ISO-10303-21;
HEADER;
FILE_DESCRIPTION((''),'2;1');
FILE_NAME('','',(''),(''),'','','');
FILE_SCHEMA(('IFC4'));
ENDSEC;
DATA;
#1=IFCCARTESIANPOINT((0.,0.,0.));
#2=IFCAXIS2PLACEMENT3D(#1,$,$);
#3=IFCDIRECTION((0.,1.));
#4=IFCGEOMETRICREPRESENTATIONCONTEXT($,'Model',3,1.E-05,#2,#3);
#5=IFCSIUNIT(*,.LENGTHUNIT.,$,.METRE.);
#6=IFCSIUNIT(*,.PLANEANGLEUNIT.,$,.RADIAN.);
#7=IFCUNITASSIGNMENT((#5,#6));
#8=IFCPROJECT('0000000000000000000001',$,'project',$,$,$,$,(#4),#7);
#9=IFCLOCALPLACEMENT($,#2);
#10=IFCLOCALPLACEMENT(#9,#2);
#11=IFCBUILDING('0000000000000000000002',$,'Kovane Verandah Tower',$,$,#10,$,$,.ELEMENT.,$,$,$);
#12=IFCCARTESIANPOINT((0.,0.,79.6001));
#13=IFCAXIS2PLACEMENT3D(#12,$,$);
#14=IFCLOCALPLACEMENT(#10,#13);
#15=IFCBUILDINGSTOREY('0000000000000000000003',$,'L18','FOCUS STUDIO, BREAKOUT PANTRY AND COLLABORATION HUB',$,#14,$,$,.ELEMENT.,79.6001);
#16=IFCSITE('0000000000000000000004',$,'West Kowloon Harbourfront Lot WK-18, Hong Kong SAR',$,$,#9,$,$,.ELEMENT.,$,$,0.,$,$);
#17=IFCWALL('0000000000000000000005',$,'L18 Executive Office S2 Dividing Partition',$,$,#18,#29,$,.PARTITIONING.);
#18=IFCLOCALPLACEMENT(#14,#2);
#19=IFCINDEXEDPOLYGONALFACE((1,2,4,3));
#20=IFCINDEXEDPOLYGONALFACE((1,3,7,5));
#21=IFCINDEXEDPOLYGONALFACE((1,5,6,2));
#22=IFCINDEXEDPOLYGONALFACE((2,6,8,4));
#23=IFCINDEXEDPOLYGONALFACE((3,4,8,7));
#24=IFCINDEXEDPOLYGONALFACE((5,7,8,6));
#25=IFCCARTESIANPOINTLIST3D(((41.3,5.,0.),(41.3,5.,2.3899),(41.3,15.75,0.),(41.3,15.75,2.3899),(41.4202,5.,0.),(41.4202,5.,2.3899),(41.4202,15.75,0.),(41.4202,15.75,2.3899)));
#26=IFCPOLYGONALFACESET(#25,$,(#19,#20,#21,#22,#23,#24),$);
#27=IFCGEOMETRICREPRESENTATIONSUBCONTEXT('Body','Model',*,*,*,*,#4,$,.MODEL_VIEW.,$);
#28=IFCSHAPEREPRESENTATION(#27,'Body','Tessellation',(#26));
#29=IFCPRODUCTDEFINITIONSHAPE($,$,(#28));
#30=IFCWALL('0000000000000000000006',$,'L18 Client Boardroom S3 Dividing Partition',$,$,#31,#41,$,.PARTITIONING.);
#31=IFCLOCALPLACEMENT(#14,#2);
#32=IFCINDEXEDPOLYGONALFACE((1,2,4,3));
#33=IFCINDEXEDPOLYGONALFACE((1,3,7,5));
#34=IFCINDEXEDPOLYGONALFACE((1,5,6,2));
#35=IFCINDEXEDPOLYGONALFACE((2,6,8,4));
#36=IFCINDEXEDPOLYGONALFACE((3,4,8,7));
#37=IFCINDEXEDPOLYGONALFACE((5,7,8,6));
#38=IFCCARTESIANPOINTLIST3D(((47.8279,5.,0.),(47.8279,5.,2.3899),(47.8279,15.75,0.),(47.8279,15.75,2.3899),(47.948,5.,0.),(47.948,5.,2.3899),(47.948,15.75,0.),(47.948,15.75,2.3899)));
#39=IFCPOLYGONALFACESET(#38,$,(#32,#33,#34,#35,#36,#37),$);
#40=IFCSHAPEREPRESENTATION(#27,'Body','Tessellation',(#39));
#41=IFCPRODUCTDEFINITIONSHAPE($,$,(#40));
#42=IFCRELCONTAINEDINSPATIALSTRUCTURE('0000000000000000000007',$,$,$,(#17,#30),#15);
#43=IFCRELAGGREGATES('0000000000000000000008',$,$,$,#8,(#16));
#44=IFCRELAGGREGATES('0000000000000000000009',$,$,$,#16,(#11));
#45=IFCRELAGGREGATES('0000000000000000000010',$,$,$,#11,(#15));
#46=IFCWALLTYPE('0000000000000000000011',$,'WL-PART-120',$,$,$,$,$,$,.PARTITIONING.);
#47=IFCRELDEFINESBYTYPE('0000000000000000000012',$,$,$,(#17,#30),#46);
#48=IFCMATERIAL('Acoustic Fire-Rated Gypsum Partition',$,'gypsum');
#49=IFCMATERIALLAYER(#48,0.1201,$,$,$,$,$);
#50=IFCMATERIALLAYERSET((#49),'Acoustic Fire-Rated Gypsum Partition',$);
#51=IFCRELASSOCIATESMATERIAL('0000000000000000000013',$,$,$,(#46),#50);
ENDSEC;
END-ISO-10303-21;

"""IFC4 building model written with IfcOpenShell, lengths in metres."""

from ifc_helpers import new_model, si_unit, direction, frame, frame_2d, origin, place, context, subcontext, project, spatial, rectangle, extrude, material, layer, layer_set, type_object, element, save


model = new_model("IFC4")

# Units and contexts
model_context = context("Model", 3, precision=1e-05, world=origin(), true_north=direction((0.0, 1.0)))
body_context = subcontext(model_context, "Body", "Model", "MODEL_VIEW")
ifc_project = project(units=[si_unit("LENGTHUNIT", "METRE"), si_unit("PLANEANGLEUNIT", "RADIAN")], contexts=[model_context])

# Site, building, storey
site_placement = place(None, origin())
site = spatial("IfcSite", under=ifc_project, at=site_placement, Name="West Kowloon Harbourfront Lot WK-18, Hong Kong SAR", CompositionType="ELEMENT", RefElevation=0.0)
building_placement = place(site_placement, origin())
building = spatial("IfcBuilding", under=site, at=building_placement, Name="Kovane Verandah Tower", CompositionType="ELEMENT")
storey_placement = place(building_placement, frame((0.0, 0.0, 79.6001)))
storey = spatial("IfcBuildingStorey", under=building, at=storey_placement, Name="L18", Description="FOCUS STUDIO, BREAKOUT PANTRY AND COLLABORATION HUB", CompositionType="ELEMENT", Elevation=79.6001)

# Walls
ifc_material_1 = material(Name="Acoustic Fire-Rated Gypsum Partition", Category="gypsum")
ifc_layer_1 = layer(ifc_material_1, 0.1201)
ifc_layer_set_1 = layer_set([ifc_layer_1], Name="Acoustic Fire-Rated Gypsum Partition")
wall_type_1 = type_object("IfcWallType", Name="WL-PART-120", PredefinedType="PARTITIONING", material=ifc_layer_set_1)
for number, where, z_axis, x_axis, name in (
    (1, (41.3601, 5.0, 0.0), (0.0, 0.0, 1.0), (0.0, 1.0, 0.0), "L18 Executive Office S2 Dividing Partition"),
    (2, (47.8879, 5.0, 0.0), (0.0, 0.0, 1.0), (0.0, 1.0, 0.0), "L18 Client Boardroom S3 Dividing Partition"),
):
    element("IfcWall", number, at=place(storey_placement, frame(where, z_axis=z_axis, x_axis=x_axis)), inside=storey, type_object=wall_type_1, Name=name, PredefinedType="PARTITIONING", context=body_context, shape_type="SweptSolid", body=[
        extrude(rectangle(XDim=10.75, YDim=0.1201, at=frame_2d((5.375, 0.0))), origin(), (0.0, 0.0, 1.0), 2.3899),
    ])

save(model, "model.ifc")
